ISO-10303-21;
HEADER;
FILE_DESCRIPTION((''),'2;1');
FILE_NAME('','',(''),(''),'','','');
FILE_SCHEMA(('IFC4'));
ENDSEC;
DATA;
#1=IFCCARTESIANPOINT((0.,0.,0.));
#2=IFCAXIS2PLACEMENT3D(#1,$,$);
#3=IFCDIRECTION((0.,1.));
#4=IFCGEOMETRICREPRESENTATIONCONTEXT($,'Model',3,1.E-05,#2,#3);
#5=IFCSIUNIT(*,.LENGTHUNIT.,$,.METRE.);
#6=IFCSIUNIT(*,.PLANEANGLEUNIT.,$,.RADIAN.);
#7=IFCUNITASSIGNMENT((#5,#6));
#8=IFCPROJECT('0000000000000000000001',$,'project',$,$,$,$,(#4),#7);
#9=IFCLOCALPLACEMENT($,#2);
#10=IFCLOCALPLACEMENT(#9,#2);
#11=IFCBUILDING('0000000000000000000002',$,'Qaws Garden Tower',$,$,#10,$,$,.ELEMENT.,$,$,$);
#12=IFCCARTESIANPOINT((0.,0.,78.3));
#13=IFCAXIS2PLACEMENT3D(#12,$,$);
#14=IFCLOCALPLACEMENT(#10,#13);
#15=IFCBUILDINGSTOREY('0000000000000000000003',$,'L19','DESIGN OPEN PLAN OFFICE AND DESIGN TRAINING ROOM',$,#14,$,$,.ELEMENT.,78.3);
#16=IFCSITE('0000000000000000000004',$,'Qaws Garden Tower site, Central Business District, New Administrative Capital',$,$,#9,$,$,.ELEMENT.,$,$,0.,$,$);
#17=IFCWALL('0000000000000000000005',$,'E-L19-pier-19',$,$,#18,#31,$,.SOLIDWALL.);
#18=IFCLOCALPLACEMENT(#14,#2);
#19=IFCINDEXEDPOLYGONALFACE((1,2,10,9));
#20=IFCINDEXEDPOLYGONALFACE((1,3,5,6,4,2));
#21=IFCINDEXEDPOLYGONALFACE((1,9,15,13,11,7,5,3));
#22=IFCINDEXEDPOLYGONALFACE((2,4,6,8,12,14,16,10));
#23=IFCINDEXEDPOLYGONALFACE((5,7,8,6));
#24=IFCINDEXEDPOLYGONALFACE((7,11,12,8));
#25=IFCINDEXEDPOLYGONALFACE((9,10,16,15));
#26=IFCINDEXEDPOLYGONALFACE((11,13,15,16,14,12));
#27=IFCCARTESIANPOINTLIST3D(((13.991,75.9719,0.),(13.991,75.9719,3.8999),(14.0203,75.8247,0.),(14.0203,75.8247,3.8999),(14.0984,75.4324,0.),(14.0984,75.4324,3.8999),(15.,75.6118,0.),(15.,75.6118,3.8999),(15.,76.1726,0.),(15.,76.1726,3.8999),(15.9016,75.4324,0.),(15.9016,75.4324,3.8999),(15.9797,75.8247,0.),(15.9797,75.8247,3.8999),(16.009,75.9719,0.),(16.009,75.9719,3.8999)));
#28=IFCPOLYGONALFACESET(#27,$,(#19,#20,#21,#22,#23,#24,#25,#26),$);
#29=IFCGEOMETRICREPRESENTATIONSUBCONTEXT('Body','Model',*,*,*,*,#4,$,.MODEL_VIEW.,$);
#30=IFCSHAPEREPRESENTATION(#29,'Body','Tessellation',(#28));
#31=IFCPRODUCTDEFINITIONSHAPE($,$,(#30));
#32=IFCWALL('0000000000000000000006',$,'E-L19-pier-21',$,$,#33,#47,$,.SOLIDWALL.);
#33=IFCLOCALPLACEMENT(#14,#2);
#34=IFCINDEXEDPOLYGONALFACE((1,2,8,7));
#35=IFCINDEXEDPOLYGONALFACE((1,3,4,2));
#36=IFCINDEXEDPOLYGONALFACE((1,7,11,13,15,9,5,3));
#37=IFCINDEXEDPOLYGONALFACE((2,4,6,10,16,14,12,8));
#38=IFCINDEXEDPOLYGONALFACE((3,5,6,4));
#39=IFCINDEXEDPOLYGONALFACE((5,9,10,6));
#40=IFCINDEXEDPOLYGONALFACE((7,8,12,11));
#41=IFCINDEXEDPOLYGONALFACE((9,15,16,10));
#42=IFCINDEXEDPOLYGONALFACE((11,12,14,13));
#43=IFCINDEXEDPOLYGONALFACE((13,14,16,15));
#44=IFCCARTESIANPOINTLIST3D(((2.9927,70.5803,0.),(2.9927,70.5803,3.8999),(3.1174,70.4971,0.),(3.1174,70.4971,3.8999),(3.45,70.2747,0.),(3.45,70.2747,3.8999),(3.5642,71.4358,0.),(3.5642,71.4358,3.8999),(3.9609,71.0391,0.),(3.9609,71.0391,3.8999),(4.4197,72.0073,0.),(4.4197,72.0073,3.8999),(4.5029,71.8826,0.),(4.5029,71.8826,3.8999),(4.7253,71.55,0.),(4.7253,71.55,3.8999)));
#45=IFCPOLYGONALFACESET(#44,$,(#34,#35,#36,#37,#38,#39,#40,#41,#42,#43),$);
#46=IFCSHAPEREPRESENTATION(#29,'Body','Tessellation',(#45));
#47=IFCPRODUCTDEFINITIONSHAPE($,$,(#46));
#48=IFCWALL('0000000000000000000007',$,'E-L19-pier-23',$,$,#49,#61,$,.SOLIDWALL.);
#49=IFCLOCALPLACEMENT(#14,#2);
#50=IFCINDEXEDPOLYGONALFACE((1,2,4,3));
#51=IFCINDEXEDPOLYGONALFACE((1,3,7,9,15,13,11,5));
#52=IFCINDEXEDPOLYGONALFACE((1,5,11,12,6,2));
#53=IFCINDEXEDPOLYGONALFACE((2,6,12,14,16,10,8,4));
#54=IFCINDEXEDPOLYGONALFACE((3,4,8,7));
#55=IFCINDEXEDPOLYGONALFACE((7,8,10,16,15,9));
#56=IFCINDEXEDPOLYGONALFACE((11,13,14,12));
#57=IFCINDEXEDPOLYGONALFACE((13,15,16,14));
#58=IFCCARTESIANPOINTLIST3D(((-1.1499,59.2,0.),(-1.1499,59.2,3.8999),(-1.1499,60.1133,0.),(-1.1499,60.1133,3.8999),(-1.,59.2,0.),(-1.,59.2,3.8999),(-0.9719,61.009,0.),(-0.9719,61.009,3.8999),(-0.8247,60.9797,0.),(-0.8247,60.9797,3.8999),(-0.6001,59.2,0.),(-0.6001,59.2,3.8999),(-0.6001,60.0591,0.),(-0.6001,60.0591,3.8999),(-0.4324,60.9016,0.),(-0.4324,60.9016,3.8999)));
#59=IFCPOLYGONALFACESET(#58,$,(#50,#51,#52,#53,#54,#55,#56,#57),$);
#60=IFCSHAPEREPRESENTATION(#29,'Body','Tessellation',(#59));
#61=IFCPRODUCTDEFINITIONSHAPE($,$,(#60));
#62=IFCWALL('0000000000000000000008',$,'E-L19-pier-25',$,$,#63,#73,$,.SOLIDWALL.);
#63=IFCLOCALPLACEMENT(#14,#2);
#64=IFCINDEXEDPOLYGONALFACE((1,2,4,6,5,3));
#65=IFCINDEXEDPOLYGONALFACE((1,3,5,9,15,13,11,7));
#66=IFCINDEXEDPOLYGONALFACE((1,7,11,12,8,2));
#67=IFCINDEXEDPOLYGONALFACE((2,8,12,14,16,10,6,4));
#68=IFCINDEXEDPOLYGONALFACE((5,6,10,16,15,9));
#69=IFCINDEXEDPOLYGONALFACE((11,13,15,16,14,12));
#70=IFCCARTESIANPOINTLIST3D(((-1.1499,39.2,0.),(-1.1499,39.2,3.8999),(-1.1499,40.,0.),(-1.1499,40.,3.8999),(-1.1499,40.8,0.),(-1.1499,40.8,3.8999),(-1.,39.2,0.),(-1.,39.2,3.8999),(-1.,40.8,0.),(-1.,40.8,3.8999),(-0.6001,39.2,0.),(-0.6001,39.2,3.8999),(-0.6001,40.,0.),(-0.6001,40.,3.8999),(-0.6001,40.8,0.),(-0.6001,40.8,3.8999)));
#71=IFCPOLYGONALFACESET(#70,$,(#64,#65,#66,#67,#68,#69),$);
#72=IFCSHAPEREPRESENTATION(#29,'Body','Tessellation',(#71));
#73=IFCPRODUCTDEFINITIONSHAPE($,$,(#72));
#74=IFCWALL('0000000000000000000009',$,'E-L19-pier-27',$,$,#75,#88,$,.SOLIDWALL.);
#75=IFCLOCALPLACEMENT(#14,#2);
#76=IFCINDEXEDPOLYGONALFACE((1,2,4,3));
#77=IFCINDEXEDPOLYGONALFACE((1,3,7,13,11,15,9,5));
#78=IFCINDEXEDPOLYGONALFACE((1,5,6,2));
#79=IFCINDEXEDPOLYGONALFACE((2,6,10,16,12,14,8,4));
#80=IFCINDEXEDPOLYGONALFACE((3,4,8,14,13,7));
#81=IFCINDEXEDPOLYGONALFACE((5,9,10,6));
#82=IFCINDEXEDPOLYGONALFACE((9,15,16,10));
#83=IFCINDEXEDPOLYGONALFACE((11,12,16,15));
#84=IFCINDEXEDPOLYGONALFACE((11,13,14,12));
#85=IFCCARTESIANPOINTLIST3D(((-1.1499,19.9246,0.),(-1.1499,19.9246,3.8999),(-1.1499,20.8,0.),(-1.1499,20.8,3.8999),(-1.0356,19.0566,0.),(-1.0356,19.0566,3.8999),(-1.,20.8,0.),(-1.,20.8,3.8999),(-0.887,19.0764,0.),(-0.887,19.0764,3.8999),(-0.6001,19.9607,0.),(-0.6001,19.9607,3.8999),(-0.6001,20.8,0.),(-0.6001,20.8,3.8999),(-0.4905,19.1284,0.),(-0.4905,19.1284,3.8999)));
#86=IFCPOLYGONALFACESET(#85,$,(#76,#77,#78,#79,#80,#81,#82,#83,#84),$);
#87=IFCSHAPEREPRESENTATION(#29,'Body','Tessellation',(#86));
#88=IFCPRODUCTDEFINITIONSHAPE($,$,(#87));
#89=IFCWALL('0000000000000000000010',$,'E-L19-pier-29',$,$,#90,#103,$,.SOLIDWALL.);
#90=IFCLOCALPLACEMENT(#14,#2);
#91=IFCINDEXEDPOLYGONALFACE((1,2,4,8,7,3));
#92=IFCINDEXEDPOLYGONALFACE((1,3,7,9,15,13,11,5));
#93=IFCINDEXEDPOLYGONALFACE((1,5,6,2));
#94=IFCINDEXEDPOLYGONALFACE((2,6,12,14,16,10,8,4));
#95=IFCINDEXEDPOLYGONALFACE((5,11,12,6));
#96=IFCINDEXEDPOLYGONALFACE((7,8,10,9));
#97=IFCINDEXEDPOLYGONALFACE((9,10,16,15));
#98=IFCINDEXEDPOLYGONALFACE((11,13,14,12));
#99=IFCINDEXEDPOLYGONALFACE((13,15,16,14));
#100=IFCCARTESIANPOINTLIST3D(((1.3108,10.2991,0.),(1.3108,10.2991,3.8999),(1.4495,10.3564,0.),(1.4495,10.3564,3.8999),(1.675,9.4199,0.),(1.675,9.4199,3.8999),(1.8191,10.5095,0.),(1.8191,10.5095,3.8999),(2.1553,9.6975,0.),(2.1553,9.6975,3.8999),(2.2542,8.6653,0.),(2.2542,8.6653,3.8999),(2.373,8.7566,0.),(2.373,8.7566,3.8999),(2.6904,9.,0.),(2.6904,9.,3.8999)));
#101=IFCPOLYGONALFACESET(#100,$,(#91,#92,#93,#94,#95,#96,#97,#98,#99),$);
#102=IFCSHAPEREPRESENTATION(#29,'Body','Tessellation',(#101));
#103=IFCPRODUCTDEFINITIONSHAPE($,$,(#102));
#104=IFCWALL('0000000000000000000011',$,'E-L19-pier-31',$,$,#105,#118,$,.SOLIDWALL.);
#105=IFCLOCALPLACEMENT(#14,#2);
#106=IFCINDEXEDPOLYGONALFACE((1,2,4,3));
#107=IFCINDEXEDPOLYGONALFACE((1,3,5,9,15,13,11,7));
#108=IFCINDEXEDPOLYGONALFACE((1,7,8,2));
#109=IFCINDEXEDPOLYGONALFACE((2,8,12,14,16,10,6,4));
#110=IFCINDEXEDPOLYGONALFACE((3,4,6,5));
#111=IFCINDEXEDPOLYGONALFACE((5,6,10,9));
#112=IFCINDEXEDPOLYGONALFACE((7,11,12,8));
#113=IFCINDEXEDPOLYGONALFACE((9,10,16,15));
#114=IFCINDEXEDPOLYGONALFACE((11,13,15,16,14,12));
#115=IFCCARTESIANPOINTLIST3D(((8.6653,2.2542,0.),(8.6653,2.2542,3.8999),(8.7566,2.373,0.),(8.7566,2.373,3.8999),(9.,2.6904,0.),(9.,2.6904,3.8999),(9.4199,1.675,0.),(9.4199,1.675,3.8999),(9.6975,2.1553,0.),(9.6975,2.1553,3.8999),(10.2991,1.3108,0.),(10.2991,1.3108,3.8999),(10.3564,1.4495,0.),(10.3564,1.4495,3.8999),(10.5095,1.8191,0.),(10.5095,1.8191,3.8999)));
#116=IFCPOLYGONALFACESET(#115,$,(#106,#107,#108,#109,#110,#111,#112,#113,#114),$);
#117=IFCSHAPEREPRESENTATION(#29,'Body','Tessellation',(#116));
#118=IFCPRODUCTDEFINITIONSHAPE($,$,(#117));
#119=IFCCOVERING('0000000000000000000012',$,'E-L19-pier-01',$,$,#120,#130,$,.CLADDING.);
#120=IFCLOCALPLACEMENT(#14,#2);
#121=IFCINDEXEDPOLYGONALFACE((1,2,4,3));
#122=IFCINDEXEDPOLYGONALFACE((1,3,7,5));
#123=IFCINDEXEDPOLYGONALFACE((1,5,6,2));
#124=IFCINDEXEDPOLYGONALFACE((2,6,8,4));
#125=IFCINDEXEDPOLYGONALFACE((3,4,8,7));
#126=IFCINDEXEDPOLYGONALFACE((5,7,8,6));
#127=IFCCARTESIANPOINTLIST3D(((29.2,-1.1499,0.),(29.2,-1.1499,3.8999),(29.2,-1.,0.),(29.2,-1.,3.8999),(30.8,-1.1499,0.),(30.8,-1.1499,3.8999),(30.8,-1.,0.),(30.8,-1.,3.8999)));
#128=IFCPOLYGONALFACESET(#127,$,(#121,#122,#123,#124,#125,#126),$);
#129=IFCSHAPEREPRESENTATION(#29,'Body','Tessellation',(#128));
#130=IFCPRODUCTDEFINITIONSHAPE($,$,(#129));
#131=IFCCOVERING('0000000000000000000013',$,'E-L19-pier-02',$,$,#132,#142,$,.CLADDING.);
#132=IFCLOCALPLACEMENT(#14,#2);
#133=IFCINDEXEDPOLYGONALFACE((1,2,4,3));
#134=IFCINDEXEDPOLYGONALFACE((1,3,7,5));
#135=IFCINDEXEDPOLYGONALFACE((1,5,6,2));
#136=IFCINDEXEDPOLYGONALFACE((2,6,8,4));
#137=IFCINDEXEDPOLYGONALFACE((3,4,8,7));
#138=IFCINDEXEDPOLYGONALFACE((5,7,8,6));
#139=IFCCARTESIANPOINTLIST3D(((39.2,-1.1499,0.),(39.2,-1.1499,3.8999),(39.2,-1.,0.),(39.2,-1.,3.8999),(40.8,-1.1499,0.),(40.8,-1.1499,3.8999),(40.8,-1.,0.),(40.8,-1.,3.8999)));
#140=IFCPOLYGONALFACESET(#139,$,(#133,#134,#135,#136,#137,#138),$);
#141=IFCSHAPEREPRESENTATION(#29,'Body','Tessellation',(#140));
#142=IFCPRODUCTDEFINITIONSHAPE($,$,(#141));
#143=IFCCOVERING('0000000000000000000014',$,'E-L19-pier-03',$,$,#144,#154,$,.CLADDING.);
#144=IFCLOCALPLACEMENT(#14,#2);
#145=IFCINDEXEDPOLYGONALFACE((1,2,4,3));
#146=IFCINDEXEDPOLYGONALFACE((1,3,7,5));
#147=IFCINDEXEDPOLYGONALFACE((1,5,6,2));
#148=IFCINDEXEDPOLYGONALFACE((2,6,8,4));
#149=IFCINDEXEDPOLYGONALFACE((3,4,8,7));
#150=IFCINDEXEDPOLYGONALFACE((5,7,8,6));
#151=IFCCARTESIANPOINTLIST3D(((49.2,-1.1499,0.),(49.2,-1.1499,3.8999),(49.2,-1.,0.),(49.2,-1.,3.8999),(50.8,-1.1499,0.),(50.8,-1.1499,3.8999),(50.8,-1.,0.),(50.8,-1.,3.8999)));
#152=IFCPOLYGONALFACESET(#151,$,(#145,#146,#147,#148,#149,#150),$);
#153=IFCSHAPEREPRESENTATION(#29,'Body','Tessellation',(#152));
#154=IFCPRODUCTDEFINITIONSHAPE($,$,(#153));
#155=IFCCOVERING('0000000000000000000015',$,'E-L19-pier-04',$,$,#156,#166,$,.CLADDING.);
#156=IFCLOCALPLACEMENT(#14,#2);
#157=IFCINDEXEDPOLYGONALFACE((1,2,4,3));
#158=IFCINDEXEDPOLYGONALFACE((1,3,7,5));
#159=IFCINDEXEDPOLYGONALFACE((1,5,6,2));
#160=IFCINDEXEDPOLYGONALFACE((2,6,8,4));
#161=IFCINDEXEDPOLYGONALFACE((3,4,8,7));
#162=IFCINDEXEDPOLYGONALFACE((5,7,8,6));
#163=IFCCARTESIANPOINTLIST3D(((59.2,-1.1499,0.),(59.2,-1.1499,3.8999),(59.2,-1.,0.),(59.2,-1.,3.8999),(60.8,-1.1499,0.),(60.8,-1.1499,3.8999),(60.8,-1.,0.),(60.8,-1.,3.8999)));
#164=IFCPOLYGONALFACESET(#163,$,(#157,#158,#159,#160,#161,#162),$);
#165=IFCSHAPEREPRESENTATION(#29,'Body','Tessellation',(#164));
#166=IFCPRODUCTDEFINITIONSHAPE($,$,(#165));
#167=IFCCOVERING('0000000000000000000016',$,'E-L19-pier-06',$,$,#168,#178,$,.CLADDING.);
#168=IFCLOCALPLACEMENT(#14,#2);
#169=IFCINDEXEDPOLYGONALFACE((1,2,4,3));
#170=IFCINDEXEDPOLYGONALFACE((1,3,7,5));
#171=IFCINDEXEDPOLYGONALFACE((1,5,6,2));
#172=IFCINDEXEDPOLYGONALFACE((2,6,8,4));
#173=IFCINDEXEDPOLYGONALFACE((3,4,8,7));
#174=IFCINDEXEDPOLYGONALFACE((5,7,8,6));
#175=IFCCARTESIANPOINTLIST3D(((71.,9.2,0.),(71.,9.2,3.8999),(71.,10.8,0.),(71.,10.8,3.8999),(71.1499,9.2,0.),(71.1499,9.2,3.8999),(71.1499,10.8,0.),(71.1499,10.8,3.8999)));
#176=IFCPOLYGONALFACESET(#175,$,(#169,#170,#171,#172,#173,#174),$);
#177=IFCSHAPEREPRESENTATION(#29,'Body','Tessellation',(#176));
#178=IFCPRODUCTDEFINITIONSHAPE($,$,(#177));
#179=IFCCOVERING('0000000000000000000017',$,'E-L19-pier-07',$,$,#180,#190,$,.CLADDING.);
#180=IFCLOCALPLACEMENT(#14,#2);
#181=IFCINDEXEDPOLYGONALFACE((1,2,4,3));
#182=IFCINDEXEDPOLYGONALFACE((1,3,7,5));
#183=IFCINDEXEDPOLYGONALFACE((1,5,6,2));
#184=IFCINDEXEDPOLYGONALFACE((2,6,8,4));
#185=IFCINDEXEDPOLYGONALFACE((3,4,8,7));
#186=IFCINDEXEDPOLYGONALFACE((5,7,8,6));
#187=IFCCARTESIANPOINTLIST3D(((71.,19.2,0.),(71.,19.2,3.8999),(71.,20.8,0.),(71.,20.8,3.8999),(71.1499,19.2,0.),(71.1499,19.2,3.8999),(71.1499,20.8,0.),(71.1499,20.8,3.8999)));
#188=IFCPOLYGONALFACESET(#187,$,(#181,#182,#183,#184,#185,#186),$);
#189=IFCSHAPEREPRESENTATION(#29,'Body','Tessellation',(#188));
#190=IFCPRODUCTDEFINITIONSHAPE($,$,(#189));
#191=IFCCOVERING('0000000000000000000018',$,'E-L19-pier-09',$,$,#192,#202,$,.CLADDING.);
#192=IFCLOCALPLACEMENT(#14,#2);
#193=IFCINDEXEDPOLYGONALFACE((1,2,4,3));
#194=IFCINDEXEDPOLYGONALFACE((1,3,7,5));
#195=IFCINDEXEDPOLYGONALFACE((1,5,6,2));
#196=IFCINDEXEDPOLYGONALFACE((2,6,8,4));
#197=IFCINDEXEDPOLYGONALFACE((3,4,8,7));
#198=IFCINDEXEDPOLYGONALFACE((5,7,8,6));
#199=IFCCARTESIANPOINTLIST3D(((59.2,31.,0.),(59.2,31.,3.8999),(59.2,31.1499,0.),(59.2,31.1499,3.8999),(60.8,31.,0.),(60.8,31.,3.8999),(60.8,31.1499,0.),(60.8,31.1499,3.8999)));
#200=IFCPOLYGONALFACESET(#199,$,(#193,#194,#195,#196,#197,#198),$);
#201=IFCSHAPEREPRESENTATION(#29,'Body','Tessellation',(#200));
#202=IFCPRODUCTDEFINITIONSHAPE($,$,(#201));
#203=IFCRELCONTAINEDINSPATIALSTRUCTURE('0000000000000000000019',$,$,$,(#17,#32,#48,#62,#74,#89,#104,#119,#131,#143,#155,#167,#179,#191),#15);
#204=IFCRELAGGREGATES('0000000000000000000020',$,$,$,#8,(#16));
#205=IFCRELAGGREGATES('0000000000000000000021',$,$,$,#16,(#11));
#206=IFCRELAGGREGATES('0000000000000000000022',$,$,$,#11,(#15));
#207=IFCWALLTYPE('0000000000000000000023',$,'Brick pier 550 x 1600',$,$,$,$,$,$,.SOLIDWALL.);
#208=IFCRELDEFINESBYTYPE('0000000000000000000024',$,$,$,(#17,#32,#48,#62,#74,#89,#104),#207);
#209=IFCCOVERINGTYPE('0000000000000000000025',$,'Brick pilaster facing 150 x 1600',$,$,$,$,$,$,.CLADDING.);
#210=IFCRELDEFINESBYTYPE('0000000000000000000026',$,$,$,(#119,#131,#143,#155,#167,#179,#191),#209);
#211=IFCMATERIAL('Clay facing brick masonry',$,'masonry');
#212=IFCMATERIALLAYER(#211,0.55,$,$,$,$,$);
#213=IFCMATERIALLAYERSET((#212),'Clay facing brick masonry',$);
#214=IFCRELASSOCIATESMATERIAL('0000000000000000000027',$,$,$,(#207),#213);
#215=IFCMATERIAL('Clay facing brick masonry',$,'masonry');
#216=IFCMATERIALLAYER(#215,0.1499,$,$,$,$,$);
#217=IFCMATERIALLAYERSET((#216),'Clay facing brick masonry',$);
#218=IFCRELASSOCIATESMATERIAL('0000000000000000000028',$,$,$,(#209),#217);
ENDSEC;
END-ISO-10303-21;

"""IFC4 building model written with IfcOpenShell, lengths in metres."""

from ifc_helpers import new_model, si_unit, direction, frame, origin, place, context, subcontext, project, spatial, polyline, outline, extrude, material, layer, layer_set, type_object, element, save


model = new_model("IFC4")

# Units and contexts
model_context = context("Model", 3, precision=1e-05, world=origin(), true_north=direction((0.0, 1.0)))
body_context = subcontext(model_context, "Body", "Model", "MODEL_VIEW")
ifc_project = project(units=[si_unit("LENGTHUNIT", "METRE"), si_unit("PLANEANGLEUNIT", "RADIAN")], contexts=[model_context])

# Site, building, storey
site_placement = place(None, origin())
site = spatial("IfcSite", under=ifc_project, at=site_placement, Name="Qaws Garden Tower site, Central Business District, New Administrative Capital", CompositionType="ELEMENT", RefElevation=0.0)
building_placement = place(site_placement, origin())
building = spatial("IfcBuilding", under=site, at=building_placement, Name="Qaws Garden Tower", CompositionType="ELEMENT")
storey_placement = place(building_placement, frame((0.0, 0.0, 78.3)))
storey = spatial("IfcBuildingStorey", under=building, at=storey_placement, Name="L19", Description="DESIGN OPEN PLAN OFFICE AND DESIGN TRAINING ROOM", CompositionType="ELEMENT", Elevation=78.3)

# Walls
placement = place(storey_placement, origin())
ifc_material_1 = material(Name="Clay facing brick masonry", Category="masonry")
ifc_layer_1 = layer(ifc_material_1, 0.55)
ifc_layer_set_1 = layer_set([ifc_layer_1], Name="Clay facing brick masonry")
wall_type_1 = type_object("IfcWallType", Name="Brick pier 550 x 1600", PredefinedType="SOLIDWALL", material=ifc_layer_set_1)
element("IfcWall", 1, at=placement, inside=storey, type_object=wall_type_1, Name="E-L19-pier-19", PredefinedType="SOLIDWALL", context=body_context, shape_type="SweptSolid", body=[
    extrude(outline(polyline([(15.9797, 75.8247), (16.009, 75.9719), (15.0, 76.1726), (13.991, 75.9719), (14.0203, 75.8247), (14.0984, 75.4324), (15.0, 75.6118), (15.9016, 75.4324), (15.9797, 75.8247)])), origin(), (0.0, 0.0, 1.0), 3.8999),
])
element("IfcWall", 2, at=placement, inside=storey, type_object=wall_type_1, Name="E-L19-pier-21", PredefinedType="SOLIDWALL", context=body_context, shape_type="SweptSolid", body=[
    extrude(outline(polyline([(4.5029, 71.8826), (4.4197, 72.0073), (3.5642, 71.4358), (2.9927, 70.5803), (3.1174, 70.4971), (3.45, 70.2747), (3.9609, 71.0391), (4.7253, 71.55), (4.5029, 71.8826)])), origin(), (0.0, 0.0, 1.0), 3.8999),
])
element("IfcWall", 3, at=placement, inside=storey, type_object=wall_type_1, Name="E-L19-pier-23", PredefinedType="SOLIDWALL", context=body_context, shape_type="SweptSolid", body=[
    extrude(outline(polyline([(-0.8247, 60.9797), (-0.9719, 61.009), (-1.1499, 60.1133), (-1.1499, 59.2), (-1.0, 59.2), (-0.6001, 59.2), (-0.6001, 60.0591), (-0.4324, 60.9016), (-0.8247, 60.9797)])), origin(), (0.0, 0.0, 1.0), 3.8999),
])
element("IfcWall", 4, at=placement, inside=storey, type_object=wall_type_1, Name="E-L19-pier-25", PredefinedType="SOLIDWALL", context=body_context, shape_type="SweptSolid", body=[
    extrude(outline(polyline([(-1.0, 40.8), (-1.1499, 40.8), (-1.1499, 40.0), (-1.1499, 39.2), (-1.0, 39.2), (-0.6001, 39.2), (-0.6001, 40.0), (-0.6001, 40.8), (-1.0, 40.8)])), origin(), (0.0, 0.0, 1.0), 3.8999),
])
element("IfcWall", 5, at=placement, inside=storey, type_object=wall_type_1, Name="E-L19-pier-27", PredefinedType="SOLIDWALL", context=body_context, shape_type="SweptSolid", body=[
    extrude(outline(polyline([(-1.0, 20.8), (-1.1499, 20.8), (-1.1499, 19.9246), (-1.0356, 19.0566), (-0.887, 19.0764), (-0.4905, 19.1284), (-0.6001, 19.9607), (-0.6001, 20.8), (-1.0, 20.8)])), origin(), (0.0, 0.0, 1.0), 3.8999),
])
element("IfcWall", 6, at=placement, inside=storey, type_object=wall_type_1, Name="E-L19-pier-29", PredefinedType="SOLIDWALL", context=body_context, shape_type="SweptSolid", body=[
    extrude(outline(polyline([(1.4495, 10.3564), (1.3108, 10.2991), (1.675, 9.4199), (2.2542, 8.6653), (2.373, 8.7566), (2.6904, 9.0), (2.1553, 9.6975), (1.8191, 10.5095), (1.4495, 10.3564)])), origin(), (0.0, 0.0, 1.0), 3.8999),
])
element("IfcWall", 7, at=placement, inside=storey, type_object=wall_type_1, Name="E-L19-pier-31", PredefinedType="SOLIDWALL", context=body_context, shape_type="SweptSolid", body=[
    extrude(outline(polyline([(8.7566, 2.373), (8.6653, 2.2542), (9.4199, 1.675), (10.2991, 1.3108), (10.3564, 1.4495), (10.5095, 1.8191), (9.6975, 2.1553), (9.0, 2.6904), (8.7566, 2.373)])), origin(), (0.0, 0.0, 1.0), 3.8999),
])

# Coverings
ifc_material_2 = material(Name="Clay facing brick masonry", Category="masonry")
ifc_layer_2 = layer(ifc_material_2, 0.1499)
ifc_layer_set_2 = layer_set([ifc_layer_2], Name="Clay facing brick masonry")
covering_type = type_object("IfcCoveringType", Name="Brick pilaster facing 150 x 1600", PredefinedType="CLADDING", material=ifc_layer_set_2)
element("IfcCovering", 8, at=placement, inside=storey, type_object=covering_type, Name="E-L19-pier-01", PredefinedType="CLADDING", context=body_context, shape_type="SweptSolid", body=[
    extrude(outline(polyline([(29.2, -1.0), (30.8, -1.0), (30.8, -1.1499), (29.2, -1.1499), (29.2, -1.0)])), origin(), (0.0, 0.0, 1.0), 3.8999),
])
element("IfcCovering", 9, at=placement, inside=storey, type_object=covering_type, Name="E-L19-pier-02", PredefinedType="CLADDING", context=body_context, shape_type="SweptSolid", body=[
    extrude(outline(polyline([(39.2, -1.0), (40.8, -1.0), (40.8, -1.1499), (39.2, -1.1499), (39.2, -1.0)])), origin(), (0.0, 0.0, 1.0), 3.8999),
])
element("IfcCovering", 10, at=placement, inside=storey, type_object=covering_type, Name="E-L19-pier-03", PredefinedType="CLADDING", context=body_context, shape_type="SweptSolid", body=[
    extrude(outline(polyline([(49.2, -1.0), (50.8, -1.0), (50.8, -1.1499), (49.2, -1.1499), (49.2, -1.0)])), origin(), (0.0, 0.0, 1.0), 3.8999),
])
element("IfcCovering", 11, at=placement, inside=storey, type_object=covering_type, Name="E-L19-pier-04", PredefinedType="CLADDING", context=body_context, shape_type="SweptSolid", body=[
    extrude(outline(polyline([(59.2, -1.0), (60.8, -1.0), (60.8, -1.1499), (59.2, -1.1499), (59.2, -1.0)])), origin(), (0.0, 0.0, 1.0), 3.8999),
])
element("IfcCovering", 12, at=placement, inside=storey, type_object=covering_type, Name="E-L19-pier-06", PredefinedType="CLADDING", context=body_context, shape_type="SweptSolid", body=[
    extrude(outline(polyline([(71.0, 9.2), (71.0, 10.8), (71.1499, 10.8), (71.1499, 9.2), (71.0, 9.2)])), origin(), (0.0, 0.0, 1.0), 3.8999),
])
element("IfcCovering", 13, at=placement, inside=storey, type_object=covering_type, Name="E-L19-pier-07", PredefinedType="CLADDING", context=body_context, shape_type="SweptSolid", body=[
    extrude(outline(polyline([(71.0, 19.2), (71.0, 20.8), (71.1499, 20.8), (71.1499, 19.2), (71.0, 19.2)])), origin(), (0.0, 0.0, 1.0), 3.8999),
])
element("IfcCovering", 14, at=placement, inside=storey, type_object=covering_type, Name="E-L19-pier-09", PredefinedType="CLADDING", context=body_context, shape_type="SweptSolid", body=[
    extrude(outline(polyline([(60.8, 31.0), (59.2, 31.0), (59.2, 31.1499), (60.8, 31.1499), (60.8, 31.0)])), origin(), (0.0, 0.0, 1.0), 3.8999),
])

save(model, "model.ifc")
